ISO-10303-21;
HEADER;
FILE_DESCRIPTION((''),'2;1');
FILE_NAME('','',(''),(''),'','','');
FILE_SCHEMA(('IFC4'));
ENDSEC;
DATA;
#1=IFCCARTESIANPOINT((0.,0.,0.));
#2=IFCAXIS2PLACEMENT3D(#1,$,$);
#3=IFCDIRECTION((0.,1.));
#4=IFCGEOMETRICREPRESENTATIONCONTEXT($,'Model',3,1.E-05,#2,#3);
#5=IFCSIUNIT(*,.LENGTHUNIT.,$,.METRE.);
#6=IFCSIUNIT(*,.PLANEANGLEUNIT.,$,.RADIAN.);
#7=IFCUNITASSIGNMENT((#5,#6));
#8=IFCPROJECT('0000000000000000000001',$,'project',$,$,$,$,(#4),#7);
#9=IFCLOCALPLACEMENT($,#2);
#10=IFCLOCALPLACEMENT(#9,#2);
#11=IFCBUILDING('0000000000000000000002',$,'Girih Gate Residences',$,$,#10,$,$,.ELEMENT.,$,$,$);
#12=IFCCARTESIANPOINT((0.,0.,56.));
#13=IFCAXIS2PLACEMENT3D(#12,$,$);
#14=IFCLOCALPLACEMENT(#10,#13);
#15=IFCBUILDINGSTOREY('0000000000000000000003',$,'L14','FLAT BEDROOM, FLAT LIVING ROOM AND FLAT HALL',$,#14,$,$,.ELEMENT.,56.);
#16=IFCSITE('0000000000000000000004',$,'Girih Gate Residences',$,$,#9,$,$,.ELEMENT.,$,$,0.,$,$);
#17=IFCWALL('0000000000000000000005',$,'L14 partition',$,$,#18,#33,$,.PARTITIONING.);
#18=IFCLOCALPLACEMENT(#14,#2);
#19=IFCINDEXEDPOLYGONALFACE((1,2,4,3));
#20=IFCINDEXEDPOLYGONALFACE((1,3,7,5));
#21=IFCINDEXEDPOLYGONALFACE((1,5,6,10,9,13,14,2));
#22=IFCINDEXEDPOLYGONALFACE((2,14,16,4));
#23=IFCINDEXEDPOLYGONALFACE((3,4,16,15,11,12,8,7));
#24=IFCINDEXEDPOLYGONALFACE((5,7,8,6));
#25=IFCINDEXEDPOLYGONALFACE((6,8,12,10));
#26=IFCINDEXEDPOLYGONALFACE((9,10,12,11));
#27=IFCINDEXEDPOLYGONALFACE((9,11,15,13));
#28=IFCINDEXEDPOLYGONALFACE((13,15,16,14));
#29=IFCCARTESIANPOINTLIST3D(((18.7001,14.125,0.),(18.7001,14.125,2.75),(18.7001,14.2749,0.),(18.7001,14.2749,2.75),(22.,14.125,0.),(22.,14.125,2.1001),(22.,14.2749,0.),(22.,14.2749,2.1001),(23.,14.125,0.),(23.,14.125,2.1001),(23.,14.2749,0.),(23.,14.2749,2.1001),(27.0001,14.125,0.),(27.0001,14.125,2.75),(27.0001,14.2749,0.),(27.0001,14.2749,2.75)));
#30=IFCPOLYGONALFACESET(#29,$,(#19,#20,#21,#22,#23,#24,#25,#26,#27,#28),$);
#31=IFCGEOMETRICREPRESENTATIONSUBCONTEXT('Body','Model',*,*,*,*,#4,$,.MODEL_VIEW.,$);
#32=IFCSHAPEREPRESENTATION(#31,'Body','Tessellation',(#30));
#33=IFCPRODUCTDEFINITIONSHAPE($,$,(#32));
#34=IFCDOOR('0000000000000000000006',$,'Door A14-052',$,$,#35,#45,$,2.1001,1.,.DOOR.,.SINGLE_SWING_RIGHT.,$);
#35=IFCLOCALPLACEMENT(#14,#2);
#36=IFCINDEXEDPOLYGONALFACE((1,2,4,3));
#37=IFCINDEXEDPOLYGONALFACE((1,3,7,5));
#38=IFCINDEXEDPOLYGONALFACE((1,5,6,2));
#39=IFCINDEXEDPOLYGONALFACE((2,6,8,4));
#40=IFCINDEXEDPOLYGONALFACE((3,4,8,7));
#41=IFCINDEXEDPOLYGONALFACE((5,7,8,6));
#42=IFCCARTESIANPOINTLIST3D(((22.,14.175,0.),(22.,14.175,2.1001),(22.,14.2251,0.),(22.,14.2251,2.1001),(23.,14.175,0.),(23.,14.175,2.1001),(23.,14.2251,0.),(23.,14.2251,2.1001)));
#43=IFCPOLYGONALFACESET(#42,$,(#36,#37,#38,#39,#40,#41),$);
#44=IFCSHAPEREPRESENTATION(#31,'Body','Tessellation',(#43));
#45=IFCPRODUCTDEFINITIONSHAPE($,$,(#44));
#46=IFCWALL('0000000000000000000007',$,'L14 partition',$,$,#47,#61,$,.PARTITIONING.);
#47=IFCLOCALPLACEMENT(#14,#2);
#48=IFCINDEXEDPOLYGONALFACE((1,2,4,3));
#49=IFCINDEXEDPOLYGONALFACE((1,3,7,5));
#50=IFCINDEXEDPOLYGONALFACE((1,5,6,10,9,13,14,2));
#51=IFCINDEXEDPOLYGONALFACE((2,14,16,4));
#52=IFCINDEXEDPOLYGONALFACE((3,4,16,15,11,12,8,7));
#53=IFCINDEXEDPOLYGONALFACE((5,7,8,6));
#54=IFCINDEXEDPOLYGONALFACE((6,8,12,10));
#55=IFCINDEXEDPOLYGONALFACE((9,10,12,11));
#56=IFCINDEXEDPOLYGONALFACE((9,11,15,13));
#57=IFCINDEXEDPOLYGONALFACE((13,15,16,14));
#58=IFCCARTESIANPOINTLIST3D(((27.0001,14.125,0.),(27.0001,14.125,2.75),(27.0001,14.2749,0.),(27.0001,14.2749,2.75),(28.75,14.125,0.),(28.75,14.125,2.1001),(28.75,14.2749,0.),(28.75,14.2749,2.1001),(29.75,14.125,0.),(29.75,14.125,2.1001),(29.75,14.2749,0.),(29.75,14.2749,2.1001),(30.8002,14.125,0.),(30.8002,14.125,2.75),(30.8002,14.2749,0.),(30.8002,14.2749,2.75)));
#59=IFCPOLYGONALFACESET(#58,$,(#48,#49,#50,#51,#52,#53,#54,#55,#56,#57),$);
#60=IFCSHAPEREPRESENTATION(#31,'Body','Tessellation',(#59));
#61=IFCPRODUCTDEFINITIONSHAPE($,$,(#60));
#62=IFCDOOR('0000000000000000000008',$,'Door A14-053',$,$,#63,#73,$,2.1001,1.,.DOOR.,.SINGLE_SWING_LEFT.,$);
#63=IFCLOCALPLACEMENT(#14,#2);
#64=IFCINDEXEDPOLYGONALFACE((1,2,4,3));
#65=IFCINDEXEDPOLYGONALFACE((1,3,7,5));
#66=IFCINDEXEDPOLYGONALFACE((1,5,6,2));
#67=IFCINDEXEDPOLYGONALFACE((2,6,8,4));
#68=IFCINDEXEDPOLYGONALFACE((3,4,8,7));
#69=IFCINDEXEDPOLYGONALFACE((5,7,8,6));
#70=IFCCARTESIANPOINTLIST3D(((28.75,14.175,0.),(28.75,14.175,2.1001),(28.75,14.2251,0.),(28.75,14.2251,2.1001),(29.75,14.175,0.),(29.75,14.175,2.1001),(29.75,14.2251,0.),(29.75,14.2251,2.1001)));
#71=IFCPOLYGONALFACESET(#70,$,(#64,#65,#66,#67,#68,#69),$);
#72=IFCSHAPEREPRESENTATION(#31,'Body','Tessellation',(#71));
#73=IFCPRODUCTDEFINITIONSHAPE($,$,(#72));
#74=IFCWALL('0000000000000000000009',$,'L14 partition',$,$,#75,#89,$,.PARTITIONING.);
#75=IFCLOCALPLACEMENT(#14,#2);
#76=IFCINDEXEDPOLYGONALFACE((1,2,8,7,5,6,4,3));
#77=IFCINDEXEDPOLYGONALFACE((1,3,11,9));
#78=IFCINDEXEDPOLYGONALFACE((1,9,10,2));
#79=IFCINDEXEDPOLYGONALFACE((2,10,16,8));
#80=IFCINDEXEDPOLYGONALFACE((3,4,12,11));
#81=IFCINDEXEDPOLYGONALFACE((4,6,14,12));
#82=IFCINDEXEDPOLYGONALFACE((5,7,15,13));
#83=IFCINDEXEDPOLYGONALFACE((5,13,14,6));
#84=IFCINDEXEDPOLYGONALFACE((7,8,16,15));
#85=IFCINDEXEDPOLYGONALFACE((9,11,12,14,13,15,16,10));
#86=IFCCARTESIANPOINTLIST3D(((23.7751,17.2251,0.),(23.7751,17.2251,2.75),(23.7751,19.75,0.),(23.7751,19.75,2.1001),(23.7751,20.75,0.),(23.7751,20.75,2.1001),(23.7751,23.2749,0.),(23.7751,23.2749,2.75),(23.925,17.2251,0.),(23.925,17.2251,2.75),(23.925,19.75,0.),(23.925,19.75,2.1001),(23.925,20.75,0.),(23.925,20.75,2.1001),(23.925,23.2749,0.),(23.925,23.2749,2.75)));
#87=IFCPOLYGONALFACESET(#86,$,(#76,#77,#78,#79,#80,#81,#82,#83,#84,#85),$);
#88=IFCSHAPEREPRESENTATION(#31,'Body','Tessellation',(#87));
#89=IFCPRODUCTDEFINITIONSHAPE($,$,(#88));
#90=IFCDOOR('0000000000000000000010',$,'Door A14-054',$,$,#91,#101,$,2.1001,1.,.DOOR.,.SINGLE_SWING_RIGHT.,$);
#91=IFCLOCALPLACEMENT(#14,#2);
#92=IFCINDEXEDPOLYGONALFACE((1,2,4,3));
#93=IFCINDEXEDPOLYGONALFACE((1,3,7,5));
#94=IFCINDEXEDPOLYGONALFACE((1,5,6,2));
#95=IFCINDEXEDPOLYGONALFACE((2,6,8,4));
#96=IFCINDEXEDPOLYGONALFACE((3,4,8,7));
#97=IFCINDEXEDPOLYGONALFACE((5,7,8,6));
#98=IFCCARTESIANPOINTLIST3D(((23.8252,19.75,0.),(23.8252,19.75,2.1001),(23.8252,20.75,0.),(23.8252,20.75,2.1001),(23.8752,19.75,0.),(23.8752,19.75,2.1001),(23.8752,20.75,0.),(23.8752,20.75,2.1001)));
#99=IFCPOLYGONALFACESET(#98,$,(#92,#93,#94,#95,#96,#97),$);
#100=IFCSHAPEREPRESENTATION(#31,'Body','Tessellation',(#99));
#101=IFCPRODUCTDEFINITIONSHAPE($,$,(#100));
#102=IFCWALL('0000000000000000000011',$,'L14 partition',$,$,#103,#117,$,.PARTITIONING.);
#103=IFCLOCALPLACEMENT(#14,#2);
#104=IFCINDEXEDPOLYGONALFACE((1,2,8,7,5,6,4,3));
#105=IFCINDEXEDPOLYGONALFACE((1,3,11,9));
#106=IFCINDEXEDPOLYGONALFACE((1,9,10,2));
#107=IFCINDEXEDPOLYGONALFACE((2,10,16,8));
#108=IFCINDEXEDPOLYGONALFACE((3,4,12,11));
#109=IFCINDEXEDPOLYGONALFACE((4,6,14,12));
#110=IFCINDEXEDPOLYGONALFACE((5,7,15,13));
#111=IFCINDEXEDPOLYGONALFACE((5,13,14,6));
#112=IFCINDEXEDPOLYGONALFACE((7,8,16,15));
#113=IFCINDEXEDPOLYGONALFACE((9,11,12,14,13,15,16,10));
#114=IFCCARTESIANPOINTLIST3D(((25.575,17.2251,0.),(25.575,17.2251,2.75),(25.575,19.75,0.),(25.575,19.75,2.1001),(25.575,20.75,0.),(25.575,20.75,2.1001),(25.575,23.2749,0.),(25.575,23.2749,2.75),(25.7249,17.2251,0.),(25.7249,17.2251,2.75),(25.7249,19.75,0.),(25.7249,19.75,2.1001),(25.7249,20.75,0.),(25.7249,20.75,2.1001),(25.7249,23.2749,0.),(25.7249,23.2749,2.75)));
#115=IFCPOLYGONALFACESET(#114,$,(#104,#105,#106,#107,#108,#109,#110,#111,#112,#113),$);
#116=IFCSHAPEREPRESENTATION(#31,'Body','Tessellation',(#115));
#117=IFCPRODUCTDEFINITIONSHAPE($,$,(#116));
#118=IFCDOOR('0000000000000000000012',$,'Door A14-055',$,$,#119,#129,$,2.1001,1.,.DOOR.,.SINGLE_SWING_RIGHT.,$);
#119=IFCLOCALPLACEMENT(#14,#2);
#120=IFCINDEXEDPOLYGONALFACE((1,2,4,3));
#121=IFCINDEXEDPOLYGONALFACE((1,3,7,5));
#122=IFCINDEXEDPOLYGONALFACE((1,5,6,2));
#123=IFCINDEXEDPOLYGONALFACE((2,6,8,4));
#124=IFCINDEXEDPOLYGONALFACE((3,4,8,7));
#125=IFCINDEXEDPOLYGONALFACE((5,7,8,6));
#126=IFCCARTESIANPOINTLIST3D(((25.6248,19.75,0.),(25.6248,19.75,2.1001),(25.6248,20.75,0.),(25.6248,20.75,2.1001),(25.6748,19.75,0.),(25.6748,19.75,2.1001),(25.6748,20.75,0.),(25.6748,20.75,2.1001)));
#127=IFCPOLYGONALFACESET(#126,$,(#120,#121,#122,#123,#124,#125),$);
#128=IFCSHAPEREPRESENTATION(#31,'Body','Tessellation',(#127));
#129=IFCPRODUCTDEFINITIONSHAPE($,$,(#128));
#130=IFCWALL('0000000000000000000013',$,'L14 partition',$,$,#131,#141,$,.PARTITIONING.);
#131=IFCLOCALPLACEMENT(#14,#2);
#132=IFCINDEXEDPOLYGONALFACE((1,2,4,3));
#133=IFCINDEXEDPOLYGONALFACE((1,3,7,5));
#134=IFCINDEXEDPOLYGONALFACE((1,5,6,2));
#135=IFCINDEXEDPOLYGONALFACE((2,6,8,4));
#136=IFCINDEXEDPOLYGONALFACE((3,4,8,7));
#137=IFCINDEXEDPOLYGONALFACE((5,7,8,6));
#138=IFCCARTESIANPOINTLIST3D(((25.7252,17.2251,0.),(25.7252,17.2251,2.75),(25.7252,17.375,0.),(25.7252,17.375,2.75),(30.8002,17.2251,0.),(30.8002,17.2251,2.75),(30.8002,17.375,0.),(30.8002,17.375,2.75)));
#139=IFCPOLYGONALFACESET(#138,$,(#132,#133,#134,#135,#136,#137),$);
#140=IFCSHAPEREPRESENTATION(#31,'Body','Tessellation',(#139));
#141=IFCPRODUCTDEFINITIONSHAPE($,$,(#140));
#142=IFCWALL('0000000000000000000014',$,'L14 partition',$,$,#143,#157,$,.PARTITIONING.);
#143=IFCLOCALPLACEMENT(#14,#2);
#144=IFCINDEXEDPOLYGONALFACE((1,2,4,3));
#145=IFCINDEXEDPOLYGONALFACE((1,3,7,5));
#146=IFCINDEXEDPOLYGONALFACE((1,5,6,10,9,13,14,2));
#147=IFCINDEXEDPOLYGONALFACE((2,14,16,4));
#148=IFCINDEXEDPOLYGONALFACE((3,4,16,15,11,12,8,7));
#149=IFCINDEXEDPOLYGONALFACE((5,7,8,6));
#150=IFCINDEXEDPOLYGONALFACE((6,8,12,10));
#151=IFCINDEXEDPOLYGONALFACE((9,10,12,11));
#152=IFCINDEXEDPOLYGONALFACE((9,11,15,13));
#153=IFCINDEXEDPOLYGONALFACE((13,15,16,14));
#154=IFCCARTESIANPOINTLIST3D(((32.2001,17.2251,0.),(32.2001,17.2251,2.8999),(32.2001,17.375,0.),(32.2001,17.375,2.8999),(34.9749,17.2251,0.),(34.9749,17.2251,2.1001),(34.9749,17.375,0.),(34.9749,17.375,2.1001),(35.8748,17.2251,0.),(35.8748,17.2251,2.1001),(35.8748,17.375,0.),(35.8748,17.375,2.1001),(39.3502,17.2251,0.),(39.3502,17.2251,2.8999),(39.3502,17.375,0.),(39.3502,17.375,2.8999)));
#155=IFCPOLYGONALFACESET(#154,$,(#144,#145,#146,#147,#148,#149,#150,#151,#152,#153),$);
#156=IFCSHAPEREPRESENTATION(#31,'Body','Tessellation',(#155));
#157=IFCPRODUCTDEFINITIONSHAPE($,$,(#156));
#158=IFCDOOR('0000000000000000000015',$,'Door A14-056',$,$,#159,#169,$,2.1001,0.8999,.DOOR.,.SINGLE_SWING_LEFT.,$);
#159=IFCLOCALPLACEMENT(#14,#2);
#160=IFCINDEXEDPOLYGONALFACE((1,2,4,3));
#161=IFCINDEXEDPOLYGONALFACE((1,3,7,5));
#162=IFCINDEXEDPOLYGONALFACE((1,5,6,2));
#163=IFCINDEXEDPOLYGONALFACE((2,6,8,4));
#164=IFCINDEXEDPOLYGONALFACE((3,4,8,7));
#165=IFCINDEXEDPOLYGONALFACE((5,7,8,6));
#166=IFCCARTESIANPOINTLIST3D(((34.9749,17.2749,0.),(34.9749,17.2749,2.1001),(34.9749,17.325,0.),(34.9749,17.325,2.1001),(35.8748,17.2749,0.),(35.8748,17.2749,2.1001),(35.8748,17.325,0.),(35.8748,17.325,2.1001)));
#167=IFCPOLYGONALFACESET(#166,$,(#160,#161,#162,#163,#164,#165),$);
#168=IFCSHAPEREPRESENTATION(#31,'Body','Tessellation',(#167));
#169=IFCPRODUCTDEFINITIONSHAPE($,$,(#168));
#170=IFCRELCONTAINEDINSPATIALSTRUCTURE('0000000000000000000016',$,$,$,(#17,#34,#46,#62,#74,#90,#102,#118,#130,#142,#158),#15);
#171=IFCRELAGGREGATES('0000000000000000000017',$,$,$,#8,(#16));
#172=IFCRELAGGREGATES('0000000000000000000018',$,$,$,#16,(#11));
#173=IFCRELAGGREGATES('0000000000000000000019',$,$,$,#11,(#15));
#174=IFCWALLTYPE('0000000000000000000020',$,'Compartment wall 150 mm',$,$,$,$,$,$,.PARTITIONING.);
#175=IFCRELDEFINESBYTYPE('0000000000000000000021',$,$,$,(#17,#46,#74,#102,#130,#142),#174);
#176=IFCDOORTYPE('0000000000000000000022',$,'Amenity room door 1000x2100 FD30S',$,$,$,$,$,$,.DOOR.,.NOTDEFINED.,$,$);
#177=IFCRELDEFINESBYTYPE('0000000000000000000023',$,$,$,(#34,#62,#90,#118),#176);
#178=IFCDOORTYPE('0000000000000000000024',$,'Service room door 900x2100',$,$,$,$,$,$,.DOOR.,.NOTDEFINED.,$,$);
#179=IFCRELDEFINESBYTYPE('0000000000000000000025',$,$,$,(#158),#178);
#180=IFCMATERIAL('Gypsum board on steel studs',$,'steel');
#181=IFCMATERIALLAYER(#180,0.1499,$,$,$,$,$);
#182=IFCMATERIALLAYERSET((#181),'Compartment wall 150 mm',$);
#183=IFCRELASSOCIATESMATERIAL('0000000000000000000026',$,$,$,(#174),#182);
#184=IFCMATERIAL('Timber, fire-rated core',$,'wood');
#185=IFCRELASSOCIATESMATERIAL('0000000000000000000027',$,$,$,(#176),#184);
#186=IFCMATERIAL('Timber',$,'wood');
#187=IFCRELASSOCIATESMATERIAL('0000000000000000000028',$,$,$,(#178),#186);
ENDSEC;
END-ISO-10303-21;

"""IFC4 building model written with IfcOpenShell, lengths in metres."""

from ifc_helpers import new_model, si_unit, direction, frame, frame_2d, origin, place, context, subcontext, project, spatial, rectangle, extrude, material, layer, layer_set, type_object, element, fill, save


model = new_model("IFC4")

# Units and contexts
model_context = context("Model", 3, precision=1e-05, world=origin(), true_north=direction((0.0, 1.0)))
body_context = subcontext(model_context, "Body", "Model", "MODEL_VIEW")
ifc_project = project(units=[si_unit("LENGTHUNIT", "METRE"), si_unit("PLANEANGLEUNIT", "RADIAN")], contexts=[model_context])

# Site, building, storey
site_placement = place(None, origin())
site = spatial("IfcSite", under=ifc_project, at=site_placement, Name="Girih Gate Residences", CompositionType="ELEMENT", RefElevation=0.0)
building_placement = place(site_placement, origin())
building = spatial("IfcBuilding", under=site, at=building_placement, Name="Girih Gate Residences", CompositionType="ELEMENT")
storey_placement = place(building_placement, frame((0.0, 0.0, 56.0)))
storey = spatial("IfcBuildingStorey", under=building, at=storey_placement, Name="L14", Description="FLAT BEDROOM, FLAT LIVING ROOM AND FLAT HALL", CompositionType="ELEMENT", Elevation=56.0)

# Shared definitions
ifc_material_1 = material(Name="Gypsum board on steel studs", Category="steel")
ifc_layer_1 = layer(ifc_material_1, 0.1499)
ifc_layer_set_1 = layer_set([ifc_layer_1], Name="Compartment wall 150 mm")
wall_type_1 = type_object("IfcWallType", Name="Compartment wall 150 mm", PredefinedType="PARTITIONING", material=ifc_layer_set_1)

# Walls, openings, doors
ifc_material_2 = material(Name="Timber, fire-rated core", Category="wood")
wall_1_placement = place(storey_placement, frame((27.0, 14.2, 0.0), z_axis=(0.0, 0.0, 1.0), x_axis=(-1.0, 0.0, 0.0)))
wall_1 = element("IfcWall", 1, at=wall_1_placement, inside=storey, type_object=wall_type_1, Name="L14 partition", PredefinedType="PARTITIONING", context=body_context, shape_type="SweptSolid", body=[
    extrude(rectangle(XDim=8.3, YDim=0.1499, at=frame_2d((4.1499, 0.0))), origin(), (0.0, 0.0, 1.0), 2.75),
])
opening_1_placement = place(wall_1_placement, frame((4.0, 0.0, 0.0)))
opening_1 = element("IfcOpeningElement", 2, at=opening_1_placement, cuts=wall_1, PredefinedType="OPENING", context=body_context, shape_type="SweptSolid", body=[
    extrude(rectangle(XDim=1.0, YDim=2.1001, at=frame_2d((0.5, 1.05))), frame((0.0, 0.085, 0.0), z_axis=(0.0, -1.0, 0.0), x_axis=(1.0, 0.0, 0.0)), (0.0, 0.0, 1.0), 0.1699),
])
door_type_1 = type_object("IfcDoorType", Name="Amenity room door 1000x2100 FD30S", OperationType="NOTDEFINED", PredefinedType="DOOR", material=ifc_material_2)
door_1_placement = place(opening_1_placement, origin())
door_1 = element("IfcDoor", 3, at=door_1_placement, inside=storey, type_object=door_type_1, Name="Door A14-052", OperationType="SINGLE_SWING_RIGHT", OverallHeight=2.1001, OverallWidth=1.0, PredefinedType="DOOR", context=body_context, shape_type="SweptSolid", body=[
    extrude(rectangle(XDim=1.0, YDim=2.1001, at=frame_2d((0.5, 1.05))), frame((0.0, 0.0249, 0.0), z_axis=(0.0, -1.0, 0.0), x_axis=(1.0, 0.0, 0.0)), (0.0, 0.0, 1.0), 0.05),
])
fill(opening_1, door_1)
wall_2_placement = place(storey_placement, frame((30.8, 14.2, 0.0), z_axis=(0.0, 0.0, 1.0), x_axis=(-1.0, 0.0, 0.0)))
wall_2 = element("IfcWall", 4, at=wall_2_placement, inside=storey, type_object=wall_type_1, Name="L14 partition", PredefinedType="PARTITIONING", context=body_context, shape_type="SweptSolid", body=[
    extrude(rectangle(XDim=3.8, YDim=0.1499, at=frame_2d((1.8999, 0.0))), origin(), (0.0, 0.0, 1.0), 2.75),
])
opening_2_placement = place(wall_2_placement, frame((1.05, 0.0, 0.0)))
opening_2 = element("IfcOpeningElement", 5, at=opening_2_placement, cuts=wall_2, PredefinedType="OPENING", context=body_context, shape_type="SweptSolid", body=[
    extrude(rectangle(XDim=1.0, YDim=2.1001, at=frame_2d((0.5, 1.05))), frame((0.0, 0.085, 0.0), z_axis=(0.0, -1.0, 0.0), x_axis=(1.0, 0.0, 0.0)), (0.0, 0.0, 1.0), 0.1699),
])
door_2_placement = place(opening_2_placement, origin())
door_2 = element("IfcDoor", 6, at=door_2_placement, inside=storey, type_object=door_type_1, Name="Door A14-053", OperationType="SINGLE_SWING_LEFT", OverallHeight=2.1001, OverallWidth=1.0, PredefinedType="DOOR", context=body_context, shape_type="SweptSolid", body=[
    extrude(rectangle(XDim=1.0, YDim=2.1001, at=frame_2d((0.5, 1.05))), frame((0.0, 0.0249, 0.0), z_axis=(0.0, -1.0, 0.0), x_axis=(1.0, 0.0, 0.0)), (0.0, 0.0, 1.0), 0.05),
])
fill(opening_2, door_2)
wall_3_placement = place(storey_placement, frame((23.8501, 17.2251, 0.0), z_axis=(0.0, 0.0, 1.0), x_axis=(0.0, 1.0, 0.0)))
wall_3 = element("IfcWall", 7, at=wall_3_placement, inside=storey, type_object=wall_type_1, Name="L14 partition", PredefinedType="PARTITIONING", context=body_context, shape_type="SweptSolid", body=[
    extrude(rectangle(XDim=6.0498, YDim=0.1499, at=frame_2d((3.0249, 0.0))), origin(), (0.0, 0.0, 1.0), 2.75),
])
opening_3_placement = place(wall_3_placement, frame((2.5249, 0.0, 0.0)))
opening_3 = element("IfcOpeningElement", 8, at=opening_3_placement, cuts=wall_3, PredefinedType="OPENING", context=body_context, shape_type="SweptSolid", body=[
    extrude(rectangle(XDim=1.0, YDim=2.1001, at=frame_2d((0.5, 1.05))), frame((0.0, 0.085, 0.0), z_axis=(0.0, -1.0, 0.0), x_axis=(1.0, 0.0, 0.0)), (0.0, 0.0, 1.0), 0.1699),
])
door_3_placement = place(opening_3_placement, origin())
door_3 = element("IfcDoor", 9, at=door_3_placement, inside=storey, type_object=door_type_1, Name="Door A14-054", OperationType="SINGLE_SWING_RIGHT", OverallHeight=2.1001, OverallWidth=1.0, PredefinedType="DOOR", context=body_context, shape_type="SweptSolid", body=[
    extrude(rectangle(XDim=1.0, YDim=2.1001, at=frame_2d((0.5, 1.05))), frame((0.0, 0.0249, 0.0), z_axis=(0.0, -1.0, 0.0), x_axis=(1.0, 0.0, 0.0)), (0.0, 0.0, 1.0), 0.05),
])
fill(opening_3, door_3)
wall_4_placement = place(storey_placement, frame((25.6499, 23.2749, 0.0), z_axis=(0.0, 0.0, 1.0), x_axis=(0.0, -1.0, 0.0)))
wall_4 = element("IfcWall", 10, at=wall_4_placement, inside=storey, type_object=wall_type_1, Name="L14 partition", PredefinedType="PARTITIONING", context=body_context, shape_type="SweptSolid", body=[
    extrude(rectangle(XDim=6.0498, YDim=0.1499, at=frame_2d((3.0249, 0.0))), origin(), (0.0, 0.0, 1.0), 2.75),
])
opening_4_placement = place(wall_4_placement, frame((2.5249, 0.0, 0.0)))
opening_4 = element("IfcOpeningElement", 11, at=opening_4_placement, cuts=wall_4, PredefinedType="OPENING", context=body_context, shape_type="SweptSolid", body=[
    extrude(rectangle(XDim=1.0, YDim=2.1001, at=frame_2d((0.5, 1.05))), frame((0.0, 0.085, 0.0), z_axis=(0.0, -1.0, 0.0), x_axis=(1.0, 0.0, 0.0)), (0.0, 0.0, 1.0), 0.1699),
])
door_4_placement = place(opening_4_placement, origin())
door_4 = element("IfcDoor", 12, at=door_4_placement, inside=storey, type_object=door_type_1, Name="Door A14-055", OperationType="SINGLE_SWING_RIGHT", OverallHeight=2.1001, OverallWidth=1.0, PredefinedType="DOOR", context=body_context, shape_type="SweptSolid", body=[
    extrude(rectangle(XDim=1.0, YDim=2.1001, at=frame_2d((0.5, 1.05))), frame((0.0, 0.0249, 0.0), z_axis=(0.0, -1.0, 0.0), x_axis=(1.0, 0.0, 0.0)), (0.0, 0.0, 1.0), 0.05),
])
fill(opening_4, door_4)

# Wall
wall_5_placement = place(storey_placement, frame((25.7251, 17.3, 0.0), z_axis=(0.0, 0.0, 1.0), x_axis=(1.0, 0.0, 0.0)))
element("IfcWall", 13, at=wall_5_placement, inside=storey, type_object=wall_type_1, Name="L14 partition", PredefinedType="PARTITIONING", context=body_context, shape_type="SweptSolid", body=[
    extrude(rectangle(XDim=5.075, YDim=0.1499, at=frame_2d((2.5376, 0.0))), origin(), (0.0, 0.0, 1.0), 2.75),
])

# Wall, opening, door
wall_6_placement = place(storey_placement, frame((32.2, 17.3, 0.0), z_axis=(0.0, 0.0, 1.0), x_axis=(1.0, 0.0, 0.0)))
wall_6 = element("IfcWall", 14, at=wall_6_placement, inside=storey, type_object=wall_type_1, Name="L14 partition", PredefinedType="PARTITIONING", context=body_context, shape_type="SweptSolid", body=[
    extrude(rectangle(XDim=7.1501, YDim=0.1499, at=frame_2d((3.5752, 0.0))), origin(), (0.0, 0.0, 1.0), 2.8999),
])
opening_5_placement = place(wall_6_placement, frame((2.7749, 0.0, 0.0)))
opening_5 = element("IfcOpeningElement", 15, at=opening_5_placement, cuts=wall_6, PredefinedType="OPENING", context=body_context, shape_type="SweptSolid", body=[
    extrude(rectangle(XDim=0.8999, YDim=2.1001, at=frame_2d((0.45, 1.05))), frame((0.0, 0.085, 0.0), z_axis=(0.0, -1.0, 0.0), x_axis=(1.0, 0.0, 0.0)), (0.0, 0.0, 1.0), 0.1699),
])
ifc_material_3 = material(Name="Timber", Category="wood")
door_type_2 = type_object("IfcDoorType", Name="Service room door 900x2100", OperationType="NOTDEFINED", PredefinedType="DOOR", material=ifc_material_3)
door_5_placement = place(opening_5_placement, origin())
door_5 = element("IfcDoor", 16, at=door_5_placement, inside=storey, type_object=door_type_2, Name="Door A14-056", OperationType="SINGLE_SWING_LEFT", OverallHeight=2.1001, OverallWidth=0.8999, PredefinedType="DOOR", context=body_context, shape_type="SweptSolid", body=[
    extrude(rectangle(XDim=0.8999, YDim=2.1001, at=frame_2d((0.45, 1.05))), frame((0.0, 0.0249, 0.0), z_axis=(0.0, -1.0, 0.0), x_axis=(1.0, 0.0, 0.0)), (0.0, 0.0, 1.0), 0.05),
])
fill(opening_5, door_5)

save(model, "model.ifc")
